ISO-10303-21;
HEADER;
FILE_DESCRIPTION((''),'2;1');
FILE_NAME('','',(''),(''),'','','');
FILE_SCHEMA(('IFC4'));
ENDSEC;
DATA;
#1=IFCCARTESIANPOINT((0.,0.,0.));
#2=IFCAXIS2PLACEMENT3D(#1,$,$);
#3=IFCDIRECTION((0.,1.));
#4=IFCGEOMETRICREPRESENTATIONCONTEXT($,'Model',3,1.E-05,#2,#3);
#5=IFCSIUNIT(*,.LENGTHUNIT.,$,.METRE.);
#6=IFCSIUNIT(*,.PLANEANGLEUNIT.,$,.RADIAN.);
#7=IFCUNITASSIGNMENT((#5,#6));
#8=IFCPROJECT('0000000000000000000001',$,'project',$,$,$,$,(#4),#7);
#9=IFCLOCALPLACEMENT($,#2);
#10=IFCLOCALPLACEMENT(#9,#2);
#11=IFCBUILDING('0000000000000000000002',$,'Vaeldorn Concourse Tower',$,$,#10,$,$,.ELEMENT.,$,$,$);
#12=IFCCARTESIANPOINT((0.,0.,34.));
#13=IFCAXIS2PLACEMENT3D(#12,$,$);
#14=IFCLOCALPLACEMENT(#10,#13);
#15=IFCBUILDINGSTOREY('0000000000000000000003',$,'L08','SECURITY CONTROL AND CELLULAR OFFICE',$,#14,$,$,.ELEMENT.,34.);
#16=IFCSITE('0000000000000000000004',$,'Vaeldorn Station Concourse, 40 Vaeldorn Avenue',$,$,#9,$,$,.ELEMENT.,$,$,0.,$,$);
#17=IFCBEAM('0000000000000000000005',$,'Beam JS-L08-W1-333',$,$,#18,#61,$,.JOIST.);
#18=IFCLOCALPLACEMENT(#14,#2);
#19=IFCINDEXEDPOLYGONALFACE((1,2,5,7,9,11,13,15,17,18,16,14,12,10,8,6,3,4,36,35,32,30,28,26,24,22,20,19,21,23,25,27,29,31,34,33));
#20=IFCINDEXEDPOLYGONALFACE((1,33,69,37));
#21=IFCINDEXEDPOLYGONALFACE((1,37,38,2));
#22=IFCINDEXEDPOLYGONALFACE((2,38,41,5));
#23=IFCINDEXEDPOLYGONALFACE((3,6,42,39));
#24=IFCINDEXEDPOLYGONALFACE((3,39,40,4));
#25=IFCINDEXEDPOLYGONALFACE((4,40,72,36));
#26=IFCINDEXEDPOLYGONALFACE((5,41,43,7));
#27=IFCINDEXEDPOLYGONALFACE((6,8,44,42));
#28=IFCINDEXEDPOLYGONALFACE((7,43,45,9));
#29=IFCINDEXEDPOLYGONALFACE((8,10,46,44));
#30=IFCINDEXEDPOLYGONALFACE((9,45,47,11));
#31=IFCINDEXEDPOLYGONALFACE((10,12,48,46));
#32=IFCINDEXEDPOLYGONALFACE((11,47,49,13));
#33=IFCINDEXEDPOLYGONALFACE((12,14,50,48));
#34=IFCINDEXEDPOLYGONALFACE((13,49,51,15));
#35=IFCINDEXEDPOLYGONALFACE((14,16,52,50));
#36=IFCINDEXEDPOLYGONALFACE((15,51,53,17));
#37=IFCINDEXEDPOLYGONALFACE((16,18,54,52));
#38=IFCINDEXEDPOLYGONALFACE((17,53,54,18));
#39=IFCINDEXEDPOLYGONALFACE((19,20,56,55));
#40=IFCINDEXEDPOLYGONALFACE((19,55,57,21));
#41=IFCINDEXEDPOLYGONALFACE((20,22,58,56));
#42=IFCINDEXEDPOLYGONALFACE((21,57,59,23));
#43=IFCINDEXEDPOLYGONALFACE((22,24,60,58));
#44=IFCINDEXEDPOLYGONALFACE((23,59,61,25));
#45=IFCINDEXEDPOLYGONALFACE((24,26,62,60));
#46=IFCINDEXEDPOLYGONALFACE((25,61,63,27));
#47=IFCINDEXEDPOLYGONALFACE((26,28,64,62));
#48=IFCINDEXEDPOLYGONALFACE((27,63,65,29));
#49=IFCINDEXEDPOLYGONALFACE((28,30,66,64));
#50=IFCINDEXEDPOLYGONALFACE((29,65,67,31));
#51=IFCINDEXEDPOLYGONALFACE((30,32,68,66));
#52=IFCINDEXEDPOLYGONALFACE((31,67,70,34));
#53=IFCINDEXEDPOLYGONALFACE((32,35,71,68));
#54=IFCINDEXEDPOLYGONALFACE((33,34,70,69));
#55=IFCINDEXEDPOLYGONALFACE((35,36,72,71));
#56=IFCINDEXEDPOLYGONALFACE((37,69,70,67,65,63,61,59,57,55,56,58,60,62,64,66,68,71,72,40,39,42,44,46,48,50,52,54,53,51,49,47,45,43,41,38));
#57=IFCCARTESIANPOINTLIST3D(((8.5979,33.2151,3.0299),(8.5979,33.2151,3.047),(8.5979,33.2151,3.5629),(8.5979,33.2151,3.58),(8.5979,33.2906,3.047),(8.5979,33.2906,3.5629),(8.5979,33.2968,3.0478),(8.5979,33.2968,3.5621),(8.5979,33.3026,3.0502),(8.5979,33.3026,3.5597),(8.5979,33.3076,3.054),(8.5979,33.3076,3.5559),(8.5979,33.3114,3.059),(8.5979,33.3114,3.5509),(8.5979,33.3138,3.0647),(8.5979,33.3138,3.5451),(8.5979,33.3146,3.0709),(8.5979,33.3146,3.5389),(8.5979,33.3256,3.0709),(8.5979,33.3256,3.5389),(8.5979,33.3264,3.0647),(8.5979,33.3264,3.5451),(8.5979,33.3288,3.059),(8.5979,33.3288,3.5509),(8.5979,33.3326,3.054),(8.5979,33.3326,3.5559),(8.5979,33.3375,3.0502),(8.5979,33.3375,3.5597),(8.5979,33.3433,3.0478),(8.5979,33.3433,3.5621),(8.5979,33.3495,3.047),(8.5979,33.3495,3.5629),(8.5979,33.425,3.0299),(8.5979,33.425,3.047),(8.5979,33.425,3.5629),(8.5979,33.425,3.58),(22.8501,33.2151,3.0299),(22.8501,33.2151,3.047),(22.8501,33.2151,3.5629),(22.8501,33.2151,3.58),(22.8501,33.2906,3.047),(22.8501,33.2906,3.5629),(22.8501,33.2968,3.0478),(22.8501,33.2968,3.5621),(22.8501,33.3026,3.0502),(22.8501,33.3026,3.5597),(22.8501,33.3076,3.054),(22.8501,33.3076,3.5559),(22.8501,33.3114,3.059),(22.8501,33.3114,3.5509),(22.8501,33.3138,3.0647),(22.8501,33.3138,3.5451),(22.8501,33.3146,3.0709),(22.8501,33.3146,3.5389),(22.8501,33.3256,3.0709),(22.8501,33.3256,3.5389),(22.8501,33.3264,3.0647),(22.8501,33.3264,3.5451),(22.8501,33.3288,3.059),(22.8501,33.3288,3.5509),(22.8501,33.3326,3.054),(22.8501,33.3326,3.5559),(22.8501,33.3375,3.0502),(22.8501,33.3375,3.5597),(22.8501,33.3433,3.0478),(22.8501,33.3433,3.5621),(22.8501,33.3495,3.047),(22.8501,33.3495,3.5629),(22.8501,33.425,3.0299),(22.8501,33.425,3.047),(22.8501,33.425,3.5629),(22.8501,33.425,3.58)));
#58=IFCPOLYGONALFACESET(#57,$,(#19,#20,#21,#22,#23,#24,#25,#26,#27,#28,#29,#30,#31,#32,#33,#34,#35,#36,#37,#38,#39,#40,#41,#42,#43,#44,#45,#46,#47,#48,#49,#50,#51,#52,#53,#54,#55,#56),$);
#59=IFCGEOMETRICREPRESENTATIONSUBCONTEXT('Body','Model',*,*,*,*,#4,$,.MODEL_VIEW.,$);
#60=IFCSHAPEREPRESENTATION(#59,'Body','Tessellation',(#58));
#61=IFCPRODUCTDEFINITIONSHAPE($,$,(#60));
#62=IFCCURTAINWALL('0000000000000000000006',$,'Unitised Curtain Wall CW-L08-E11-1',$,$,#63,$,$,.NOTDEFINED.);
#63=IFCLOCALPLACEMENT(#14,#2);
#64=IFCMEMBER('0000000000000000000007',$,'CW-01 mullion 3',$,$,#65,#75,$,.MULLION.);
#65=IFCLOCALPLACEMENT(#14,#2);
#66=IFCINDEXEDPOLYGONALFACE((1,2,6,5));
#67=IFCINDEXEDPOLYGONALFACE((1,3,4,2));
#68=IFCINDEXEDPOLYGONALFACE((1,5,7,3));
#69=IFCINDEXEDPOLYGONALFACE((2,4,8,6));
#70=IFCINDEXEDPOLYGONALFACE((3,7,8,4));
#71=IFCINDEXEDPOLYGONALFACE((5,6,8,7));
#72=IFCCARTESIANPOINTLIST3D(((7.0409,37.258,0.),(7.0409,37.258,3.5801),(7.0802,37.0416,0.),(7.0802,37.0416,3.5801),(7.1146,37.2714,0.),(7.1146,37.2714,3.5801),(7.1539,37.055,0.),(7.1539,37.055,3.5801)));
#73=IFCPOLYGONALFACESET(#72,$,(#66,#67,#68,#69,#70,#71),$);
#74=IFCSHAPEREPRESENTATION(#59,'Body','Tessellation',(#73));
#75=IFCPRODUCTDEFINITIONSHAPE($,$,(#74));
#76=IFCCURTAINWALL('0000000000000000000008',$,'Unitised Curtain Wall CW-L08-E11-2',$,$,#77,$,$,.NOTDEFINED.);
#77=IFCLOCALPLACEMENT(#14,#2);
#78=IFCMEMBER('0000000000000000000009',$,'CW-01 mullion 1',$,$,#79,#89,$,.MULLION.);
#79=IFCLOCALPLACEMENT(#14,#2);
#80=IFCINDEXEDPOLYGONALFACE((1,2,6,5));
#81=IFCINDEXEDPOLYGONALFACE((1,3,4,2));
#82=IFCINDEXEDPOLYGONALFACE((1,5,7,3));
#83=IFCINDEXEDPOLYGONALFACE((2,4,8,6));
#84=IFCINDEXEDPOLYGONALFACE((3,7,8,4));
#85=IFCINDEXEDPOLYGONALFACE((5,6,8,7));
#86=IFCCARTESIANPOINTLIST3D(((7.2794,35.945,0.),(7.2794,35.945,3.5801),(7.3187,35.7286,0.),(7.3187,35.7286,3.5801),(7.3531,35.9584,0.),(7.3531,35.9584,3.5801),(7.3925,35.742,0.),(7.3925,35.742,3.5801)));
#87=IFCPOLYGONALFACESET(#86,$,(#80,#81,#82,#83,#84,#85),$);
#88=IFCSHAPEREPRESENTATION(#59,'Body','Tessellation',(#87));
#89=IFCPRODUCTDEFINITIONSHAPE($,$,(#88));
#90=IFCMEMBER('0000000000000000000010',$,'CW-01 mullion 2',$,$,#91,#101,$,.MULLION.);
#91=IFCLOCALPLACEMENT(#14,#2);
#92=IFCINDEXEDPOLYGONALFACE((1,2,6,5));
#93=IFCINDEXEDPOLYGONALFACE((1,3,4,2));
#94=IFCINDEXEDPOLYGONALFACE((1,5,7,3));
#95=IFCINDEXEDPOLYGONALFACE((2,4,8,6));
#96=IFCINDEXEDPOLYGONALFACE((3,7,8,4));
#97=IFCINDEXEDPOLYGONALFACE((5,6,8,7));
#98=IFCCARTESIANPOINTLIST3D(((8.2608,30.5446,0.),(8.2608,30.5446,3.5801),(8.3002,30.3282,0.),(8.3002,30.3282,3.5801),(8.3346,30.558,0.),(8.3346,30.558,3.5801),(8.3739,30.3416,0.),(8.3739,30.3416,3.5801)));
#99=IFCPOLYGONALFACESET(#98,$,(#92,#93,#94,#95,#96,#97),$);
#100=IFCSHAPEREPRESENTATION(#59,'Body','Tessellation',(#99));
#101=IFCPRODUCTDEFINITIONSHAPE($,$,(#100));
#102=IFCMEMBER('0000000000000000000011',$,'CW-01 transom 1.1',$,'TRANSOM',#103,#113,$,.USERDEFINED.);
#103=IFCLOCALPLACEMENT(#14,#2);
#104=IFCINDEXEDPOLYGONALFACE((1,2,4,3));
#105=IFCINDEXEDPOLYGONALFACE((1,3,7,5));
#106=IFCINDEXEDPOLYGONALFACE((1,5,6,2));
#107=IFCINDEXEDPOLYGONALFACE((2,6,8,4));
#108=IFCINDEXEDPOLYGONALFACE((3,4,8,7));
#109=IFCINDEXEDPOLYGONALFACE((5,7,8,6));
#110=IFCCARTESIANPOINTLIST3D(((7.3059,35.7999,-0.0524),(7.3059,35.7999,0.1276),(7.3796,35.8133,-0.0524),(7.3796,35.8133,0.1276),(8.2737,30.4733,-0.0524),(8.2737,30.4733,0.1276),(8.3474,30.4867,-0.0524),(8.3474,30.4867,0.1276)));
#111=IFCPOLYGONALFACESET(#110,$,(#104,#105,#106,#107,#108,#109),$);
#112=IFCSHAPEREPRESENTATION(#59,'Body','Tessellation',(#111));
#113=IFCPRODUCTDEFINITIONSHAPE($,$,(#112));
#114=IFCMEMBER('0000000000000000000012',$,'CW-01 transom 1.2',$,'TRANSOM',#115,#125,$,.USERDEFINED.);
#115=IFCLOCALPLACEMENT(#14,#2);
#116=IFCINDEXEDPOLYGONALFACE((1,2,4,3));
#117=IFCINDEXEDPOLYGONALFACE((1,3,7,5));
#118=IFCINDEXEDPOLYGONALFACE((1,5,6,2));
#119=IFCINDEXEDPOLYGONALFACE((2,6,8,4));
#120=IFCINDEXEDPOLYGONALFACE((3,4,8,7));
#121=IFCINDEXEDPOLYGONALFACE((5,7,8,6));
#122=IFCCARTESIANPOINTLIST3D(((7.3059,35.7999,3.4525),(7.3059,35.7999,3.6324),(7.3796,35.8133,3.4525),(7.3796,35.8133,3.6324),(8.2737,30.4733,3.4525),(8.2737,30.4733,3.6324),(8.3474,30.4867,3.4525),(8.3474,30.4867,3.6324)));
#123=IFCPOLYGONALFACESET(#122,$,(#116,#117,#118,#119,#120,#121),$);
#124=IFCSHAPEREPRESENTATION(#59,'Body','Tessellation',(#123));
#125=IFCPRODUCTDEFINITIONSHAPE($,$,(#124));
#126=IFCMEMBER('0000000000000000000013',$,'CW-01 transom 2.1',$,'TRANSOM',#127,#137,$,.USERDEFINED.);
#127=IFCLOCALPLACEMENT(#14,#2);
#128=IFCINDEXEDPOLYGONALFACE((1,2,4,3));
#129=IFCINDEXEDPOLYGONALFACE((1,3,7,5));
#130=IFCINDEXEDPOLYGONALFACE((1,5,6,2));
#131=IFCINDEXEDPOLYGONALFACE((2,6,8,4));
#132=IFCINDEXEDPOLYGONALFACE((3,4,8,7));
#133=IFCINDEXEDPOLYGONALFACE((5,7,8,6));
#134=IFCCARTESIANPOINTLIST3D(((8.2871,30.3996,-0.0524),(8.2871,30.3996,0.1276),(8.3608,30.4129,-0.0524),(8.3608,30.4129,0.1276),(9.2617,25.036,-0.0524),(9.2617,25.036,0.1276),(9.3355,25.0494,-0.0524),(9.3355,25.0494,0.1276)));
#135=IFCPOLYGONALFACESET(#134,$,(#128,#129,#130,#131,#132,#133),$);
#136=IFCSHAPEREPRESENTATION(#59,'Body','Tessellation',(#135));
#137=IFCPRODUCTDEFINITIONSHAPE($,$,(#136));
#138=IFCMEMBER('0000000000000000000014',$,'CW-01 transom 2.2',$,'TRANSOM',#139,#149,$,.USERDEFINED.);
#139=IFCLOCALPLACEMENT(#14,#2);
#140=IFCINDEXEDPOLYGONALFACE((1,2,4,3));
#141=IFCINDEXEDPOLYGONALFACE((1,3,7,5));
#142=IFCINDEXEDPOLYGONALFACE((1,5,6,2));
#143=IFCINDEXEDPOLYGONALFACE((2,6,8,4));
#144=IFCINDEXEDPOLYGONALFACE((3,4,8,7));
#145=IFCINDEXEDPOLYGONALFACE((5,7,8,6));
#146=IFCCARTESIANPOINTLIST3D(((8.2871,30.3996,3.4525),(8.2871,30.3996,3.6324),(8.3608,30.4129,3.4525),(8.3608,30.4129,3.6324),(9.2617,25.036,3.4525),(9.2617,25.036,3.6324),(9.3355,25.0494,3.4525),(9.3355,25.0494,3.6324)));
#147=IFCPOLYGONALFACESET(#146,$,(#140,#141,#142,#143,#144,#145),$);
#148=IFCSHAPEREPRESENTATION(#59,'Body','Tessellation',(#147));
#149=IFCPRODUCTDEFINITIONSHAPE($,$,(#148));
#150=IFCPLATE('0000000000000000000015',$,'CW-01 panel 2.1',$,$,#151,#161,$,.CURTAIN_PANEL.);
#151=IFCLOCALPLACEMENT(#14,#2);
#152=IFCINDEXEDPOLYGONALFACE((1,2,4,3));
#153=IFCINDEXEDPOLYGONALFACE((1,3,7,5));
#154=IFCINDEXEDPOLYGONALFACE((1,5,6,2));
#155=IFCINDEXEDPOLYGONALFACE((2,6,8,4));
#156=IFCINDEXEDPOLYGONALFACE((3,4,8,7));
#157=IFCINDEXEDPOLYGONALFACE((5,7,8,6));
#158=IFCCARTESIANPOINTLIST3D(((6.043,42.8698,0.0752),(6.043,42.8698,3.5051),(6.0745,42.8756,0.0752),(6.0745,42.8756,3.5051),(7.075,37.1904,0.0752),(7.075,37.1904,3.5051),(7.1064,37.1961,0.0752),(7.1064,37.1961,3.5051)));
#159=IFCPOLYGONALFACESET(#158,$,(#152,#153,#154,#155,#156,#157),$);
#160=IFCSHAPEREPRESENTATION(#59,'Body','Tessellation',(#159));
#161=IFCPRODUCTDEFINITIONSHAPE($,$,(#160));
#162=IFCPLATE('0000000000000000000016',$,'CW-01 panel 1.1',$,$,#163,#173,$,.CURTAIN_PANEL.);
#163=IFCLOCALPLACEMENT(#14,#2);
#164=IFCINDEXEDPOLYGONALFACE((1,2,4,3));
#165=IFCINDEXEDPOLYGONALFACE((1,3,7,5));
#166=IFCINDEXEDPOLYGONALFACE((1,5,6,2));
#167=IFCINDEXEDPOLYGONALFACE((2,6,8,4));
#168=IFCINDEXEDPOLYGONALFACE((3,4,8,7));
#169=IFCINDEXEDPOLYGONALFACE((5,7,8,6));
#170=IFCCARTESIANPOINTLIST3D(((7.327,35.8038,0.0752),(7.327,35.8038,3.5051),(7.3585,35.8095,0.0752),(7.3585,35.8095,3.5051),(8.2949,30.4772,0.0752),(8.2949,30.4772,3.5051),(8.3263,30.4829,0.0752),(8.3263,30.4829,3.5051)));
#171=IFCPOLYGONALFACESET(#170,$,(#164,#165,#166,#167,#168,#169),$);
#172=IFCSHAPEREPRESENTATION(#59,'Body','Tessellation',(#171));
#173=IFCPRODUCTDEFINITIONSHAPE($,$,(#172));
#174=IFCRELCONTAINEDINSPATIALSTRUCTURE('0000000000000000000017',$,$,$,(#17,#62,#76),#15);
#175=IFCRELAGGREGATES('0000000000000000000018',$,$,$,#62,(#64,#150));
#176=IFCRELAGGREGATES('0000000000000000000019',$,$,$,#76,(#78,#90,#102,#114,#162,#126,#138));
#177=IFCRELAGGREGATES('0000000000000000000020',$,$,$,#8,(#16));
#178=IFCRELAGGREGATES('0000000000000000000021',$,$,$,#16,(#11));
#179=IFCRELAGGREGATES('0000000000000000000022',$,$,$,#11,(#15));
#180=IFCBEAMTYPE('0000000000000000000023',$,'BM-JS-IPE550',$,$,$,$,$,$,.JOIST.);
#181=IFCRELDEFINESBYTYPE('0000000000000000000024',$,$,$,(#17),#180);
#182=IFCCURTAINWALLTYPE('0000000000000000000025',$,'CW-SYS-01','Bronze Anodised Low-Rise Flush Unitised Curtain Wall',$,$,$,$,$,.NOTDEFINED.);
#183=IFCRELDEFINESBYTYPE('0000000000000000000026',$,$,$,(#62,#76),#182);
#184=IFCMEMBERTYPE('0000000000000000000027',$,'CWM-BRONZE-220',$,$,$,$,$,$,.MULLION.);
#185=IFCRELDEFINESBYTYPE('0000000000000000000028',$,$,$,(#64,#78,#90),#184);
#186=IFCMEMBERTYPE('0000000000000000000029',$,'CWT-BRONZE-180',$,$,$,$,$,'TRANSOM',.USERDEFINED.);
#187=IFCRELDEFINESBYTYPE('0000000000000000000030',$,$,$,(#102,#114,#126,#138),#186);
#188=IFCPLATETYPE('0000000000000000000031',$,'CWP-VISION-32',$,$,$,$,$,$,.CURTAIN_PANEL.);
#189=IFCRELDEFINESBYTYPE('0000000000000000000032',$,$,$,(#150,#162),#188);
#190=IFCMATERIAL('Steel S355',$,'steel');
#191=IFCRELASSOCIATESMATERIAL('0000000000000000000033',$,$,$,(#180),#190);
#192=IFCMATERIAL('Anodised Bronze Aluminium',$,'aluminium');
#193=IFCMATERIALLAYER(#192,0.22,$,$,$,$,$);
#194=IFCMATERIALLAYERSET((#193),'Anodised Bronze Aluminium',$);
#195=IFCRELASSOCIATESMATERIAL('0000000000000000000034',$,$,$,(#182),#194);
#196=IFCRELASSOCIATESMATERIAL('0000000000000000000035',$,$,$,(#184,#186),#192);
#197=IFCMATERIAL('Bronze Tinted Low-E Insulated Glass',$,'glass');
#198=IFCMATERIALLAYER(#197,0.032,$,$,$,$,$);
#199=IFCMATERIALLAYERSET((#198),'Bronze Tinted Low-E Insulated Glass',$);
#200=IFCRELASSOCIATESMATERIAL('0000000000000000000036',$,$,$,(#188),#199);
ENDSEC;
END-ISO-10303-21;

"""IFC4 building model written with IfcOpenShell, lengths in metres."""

from ifc_helpers import new_model, si_unit, direction, frame, origin, origin_2d, place, context, subcontext, project, spatial, rectangle, i_section, extrude, source, transform, mapped, material, layer, layer_set, material_profile, profile_set, type_object, element, aggregate, save


model = new_model("IFC4")

# Units and contexts
model_context = context("Model", 3, precision=1e-05, world=origin(), true_north=direction((0.0, 1.0)))
body_context = subcontext(model_context, "Body", "Model", "MODEL_VIEW")
ifc_project = project(units=[si_unit("LENGTHUNIT", "METRE"), si_unit("PLANEANGLEUNIT", "RADIAN")], contexts=[model_context])

# Site, building, storey
site_placement = place(None, origin())
site = spatial("IfcSite", under=ifc_project, at=site_placement, Name="Vaeldorn Station Concourse, 40 Vaeldorn Avenue", CompositionType="ELEMENT", RefElevation=0.0)
building_placement = place(site_placement, origin())
building = spatial("IfcBuilding", under=site, at=building_placement, Name="Vaeldorn Concourse Tower", CompositionType="ELEMENT")
storey_placement = place(building_placement, frame((0.0, 0.0, 34.0)))
storey = spatial("IfcBuildingStorey", under=building, at=storey_placement, Name="L08", Description="SECURITY CONTROL AND CELLULAR OFFICE", CompositionType="ELEMENT", Elevation=34.0)

# Beam
ifc_material_1 = material(Name="Steel S355", Category="steel")
ifc_material_profile_1 = material_profile(ifc_material_1, i_section(OverallWidth=0.21, OverallDepth=0.55, WebThickness=0.011, FlangeThickness=0.0171, FilletRadius=0.0239, at=origin_2d()), Name="IPE 550")
ifc_profile_set_1 = profile_set([ifc_material_profile_1], Name="Steel S355")
beam_type_1 = type_object("IfcBeamType", Name="BM-JS-IPE550", PredefinedType="JOIST", material=ifc_profile_set_1)
shared_shape_1 = source(origin(), body_context, "Body", "SweptSolid", [
    extrude(i_section(OverallWidth=0.21, OverallDepth=0.55, WebThickness=0.011, FlangeThickness=0.0171, FilletRadius=0.0239, at=origin_2d()), origin(), (0.0, 0.0, 1.0), 14.2522),
])
beam_1_placement = place(storey_placement, frame((8.5979, 33.3201, 3.3049), z_axis=(1.0, 0.0, 0.0), x_axis=(0.0, 1.0, 0.0)))
element("IfcBeam", 1, at=beam_1_placement, inside=storey, type_object=beam_type_1, Name="Beam JS-L08-W1-333", PredefinedType="JOIST", context=body_context, shape_type="MappedRepresentation", body=[
    mapped(shared_shape_1, transform((0.0, 0.0, 0.0), scale=1.0)),
])

# Curtain wall, member
ifc_material_2 = material(Name="Anodised Bronze Aluminium", Category="aluminium")
ifc_layer_1 = layer(ifc_material_2, 0.22)
ifc_layer_set_1 = layer_set([ifc_layer_1], Name="Anodised Bronze Aluminium")
curtain_wall_type = type_object("IfcCurtainWallType", Name="CW-SYS-01", Description="Bronze Anodised Low-Rise Flush Unitised Curtain Wall", PredefinedType="NOTDEFINED", material=ifc_layer_set_1)
curtain_wall_1_placement = place(storey_placement, origin())
curtain_wall_1 = element("IfcCurtainWall", 2, at=curtain_wall_1_placement, inside=storey, type_object=curtain_wall_type, Name="Unitised Curtain Wall CW-L08-E11-1", PredefinedType="NOTDEFINED")
ifc_material_profile_2 = material_profile(ifc_material_2, rectangle(XDim=0.075, YDim=0.22, at=origin_2d()), Name="CWM 75x220")
ifc_profile_set_2 = profile_set([ifc_material_profile_2], Name="Anodised Bronze Aluminium")
member_type_1 = type_object("IfcMemberType", Name="CWM-BRONZE-220", PredefinedType="MULLION", material=ifc_profile_set_2)
shared_shape_2 = source(origin(), body_context, "Body", "SweptSolid", [
    extrude(rectangle(XDim=0.075, YDim=0.22, at=origin_2d()), origin(), (0.0, 0.0, 1.0), 3.5801),
])
member_1_placement = place(storey_placement, frame((7.0974, 37.1565, 0.0), z_axis=(0.0, 0.0, 1.0), x_axis=(0.98389, 0.178775, 0.0)))
member_1 = element("IfcMember", 3, at=member_1_placement, type_object=member_type_1, Name="CW-01 mullion 3", PredefinedType="MULLION", context=body_context, shape_type="MappedRepresentation", body=[
    mapped(shared_shape_2, transform((0.0, 0.0, 0.0), scale=1.0)),
])

# Curtain wall, members
curtain_wall_2_placement = place(storey_placement, origin())
curtain_wall_2 = element("IfcCurtainWall", 4, at=curtain_wall_2_placement, inside=storey, type_object=curtain_wall_type, Name="Unitised Curtain Wall CW-L08-E11-2", PredefinedType="NOTDEFINED")
member_2_placement = place(storey_placement, frame((7.3359, 35.8435, 0.0), z_axis=(0.0, 0.0, 1.0), x_axis=(0.98389, 0.178775, 0.0)))
member_2 = element("IfcMember", 5, at=member_2_placement, type_object=member_type_1, Name="CW-01 mullion 1", PredefinedType="MULLION", context=body_context, shape_type="MappedRepresentation", body=[
    mapped(shared_shape_2, transform((0.0, 0.0, 0.0), scale=1.0)),
])
member_3_placement = place(storey_placement, frame((8.3174, 30.4431, 0.0), z_axis=(0.0, 0.0, 1.0), x_axis=(0.98389, 0.178775, 0.0)))
member_3 = element("IfcMember", 6, at=member_3_placement, type_object=member_type_1, Name="CW-01 mullion 2", PredefinedType="MULLION", context=body_context, shape_type="MappedRepresentation", body=[
    mapped(shared_shape_2, transform((0.0, 0.0, 0.0), scale=1.0)),
])
ifc_material_profile_3 = material_profile(ifc_material_2, rectangle(XDim=0.075, YDim=0.1799, at=origin_2d()), Name="CWT 75x180")
ifc_profile_set_3 = profile_set([ifc_material_profile_3], Name="Anodised Bronze Aluminium")
member_type_2 = type_object("IfcMemberType", Name="CWT-BRONZE-180", ElementType="TRANSOM", PredefinedType="USERDEFINED", material=ifc_profile_set_3)
shared_shape_3 = source(origin(), body_context, "Body", "SweptSolid", [
    extrude(rectangle(XDim=0.075, YDim=0.1799, at=origin_2d()), origin(), (0.0, 0.0, 1.0), 5.4138),
])
member_4_placement = place(storey_placement, frame((7.3428, 35.8066, 0.0376), z_axis=(0.178758, -0.983893, 0.0), x_axis=(0.983893, 0.178758, 0.0)))
member_4 = element("IfcMember", 7, at=member_4_placement, type_object=member_type_2, Name="CW-01 transom 1.1", ObjectType="TRANSOM", PredefinedType="USERDEFINED", context=body_context, shape_type="MappedRepresentation", body=[
    mapped(shared_shape_3, transform((0.0, 0.0, 0.0), scale=1.0)),
])
member_5_placement = place(storey_placement, frame((7.3428, 35.8066, 3.5425), z_axis=(0.178758, -0.983893, 0.0), x_axis=(0.983893, 0.178758, 0.0)))
member_5 = element("IfcMember", 8, at=member_5_placement, type_object=member_type_2, Name="CW-01 transom 1.2", ObjectType="TRANSOM", PredefinedType="USERDEFINED", context=body_context, shape_type="MappedRepresentation", body=[
    mapped(shared_shape_3, transform((0.0, 0.0, 0.0), scale=1.0)),
])
shared_shape_4 = source(origin(), body_context, "Body", "SweptSolid", [
    extrude(rectangle(XDim=0.075, YDim=0.1799, at=origin_2d()), origin(), (0.0, 0.0, 1.0), 5.4514),
])
member_6_placement = place(storey_placement, frame((8.324, 30.4062, 0.0376), z_axis=(0.178783, -0.983889, 0.0), x_axis=(0.983889, 0.178783, 0.0)))
member_6 = element("IfcMember", 9, at=member_6_placement, type_object=member_type_2, Name="CW-01 transom 2.1", ObjectType="TRANSOM", PredefinedType="USERDEFINED", context=body_context, shape_type="MappedRepresentation", body=[
    mapped(shared_shape_4, transform((0.0, 0.0, 0.0), scale=1.0)),
])
member_7_placement = place(storey_placement, frame((8.324, 30.4062, 3.5425), z_axis=(0.178783, -0.983889, 0.0), x_axis=(0.983889, 0.178783, 0.0)))
member_7 = element("IfcMember", 10, at=member_7_placement, type_object=member_type_2, Name="CW-01 transom 2.2", ObjectType="TRANSOM", PredefinedType="USERDEFINED", context=body_context, shape_type="MappedRepresentation", body=[
    mapped(shared_shape_4, transform((0.0, 0.0, 0.0), scale=1.0)),
])

# Plates
ifc_material_3 = material(Name="Bronze Tinted Low-E Insulated Glass", Category="glass")
ifc_layer_2 = layer(ifc_material_3, 0.032)
ifc_layer_set_2 = layer_set([ifc_layer_2], Name="Bronze Tinted Low-E Insulated Glass")
plate_type = type_object("IfcPlateType", Name="CWP-VISION-32", PredefinedType="CURTAIN_PANEL", material=ifc_layer_set_2)
shared_shape_5 = source(origin(), body_context, "Body", "SweptSolid", [
    extrude(rectangle(XDim=5.7725, YDim=0.032, at=origin_2d()), origin(), (0.0, 0.0, 1.0), 3.4299),
])
plate_1_placement = place(storey_placement, frame((6.5747, 40.033, 0.0752), z_axis=(0.0, 0.0, 1.0), x_axis=(0.178775, -0.98389, 0.0)))
plate_1 = element("IfcPlate", 11, at=plate_1_placement, type_object=plate_type, Name="CW-01 panel 2.1", PredefinedType="CURTAIN_PANEL", context=body_context, shape_type="MappedRepresentation", body=[
    mapped(shared_shape_5, transform((0.0, 0.0, 0.0), scale=1.0)),
])
aggregate(curtain_wall_1, [member_1, plate_1])
shared_shape_6 = source(origin(), body_context, "Body", "SweptSolid", [
    extrude(rectangle(XDim=5.4138, YDim=0.032, at=origin_2d()), origin(), (0.0, 0.0, 1.0), 3.4299),
])
plate_2_placement = place(storey_placement, frame((7.8267, 33.1433, 0.0752), z_axis=(0.0, 0.0, 1.0), x_axis=(0.178775, -0.98389, 0.0)))
plate_2 = element("IfcPlate", 12, at=plate_2_placement, type_object=plate_type, Name="CW-01 panel 1.1", PredefinedType="CURTAIN_PANEL", context=body_context, shape_type="MappedRepresentation", body=[
    mapped(shared_shape_6, transform((0.0, 0.0, 0.0), scale=1.0)),
])
aggregate(curtain_wall_2, [member_2, member_3, member_4, member_5, plate_2, member_6, member_7])

save(model, "model.ifc")
